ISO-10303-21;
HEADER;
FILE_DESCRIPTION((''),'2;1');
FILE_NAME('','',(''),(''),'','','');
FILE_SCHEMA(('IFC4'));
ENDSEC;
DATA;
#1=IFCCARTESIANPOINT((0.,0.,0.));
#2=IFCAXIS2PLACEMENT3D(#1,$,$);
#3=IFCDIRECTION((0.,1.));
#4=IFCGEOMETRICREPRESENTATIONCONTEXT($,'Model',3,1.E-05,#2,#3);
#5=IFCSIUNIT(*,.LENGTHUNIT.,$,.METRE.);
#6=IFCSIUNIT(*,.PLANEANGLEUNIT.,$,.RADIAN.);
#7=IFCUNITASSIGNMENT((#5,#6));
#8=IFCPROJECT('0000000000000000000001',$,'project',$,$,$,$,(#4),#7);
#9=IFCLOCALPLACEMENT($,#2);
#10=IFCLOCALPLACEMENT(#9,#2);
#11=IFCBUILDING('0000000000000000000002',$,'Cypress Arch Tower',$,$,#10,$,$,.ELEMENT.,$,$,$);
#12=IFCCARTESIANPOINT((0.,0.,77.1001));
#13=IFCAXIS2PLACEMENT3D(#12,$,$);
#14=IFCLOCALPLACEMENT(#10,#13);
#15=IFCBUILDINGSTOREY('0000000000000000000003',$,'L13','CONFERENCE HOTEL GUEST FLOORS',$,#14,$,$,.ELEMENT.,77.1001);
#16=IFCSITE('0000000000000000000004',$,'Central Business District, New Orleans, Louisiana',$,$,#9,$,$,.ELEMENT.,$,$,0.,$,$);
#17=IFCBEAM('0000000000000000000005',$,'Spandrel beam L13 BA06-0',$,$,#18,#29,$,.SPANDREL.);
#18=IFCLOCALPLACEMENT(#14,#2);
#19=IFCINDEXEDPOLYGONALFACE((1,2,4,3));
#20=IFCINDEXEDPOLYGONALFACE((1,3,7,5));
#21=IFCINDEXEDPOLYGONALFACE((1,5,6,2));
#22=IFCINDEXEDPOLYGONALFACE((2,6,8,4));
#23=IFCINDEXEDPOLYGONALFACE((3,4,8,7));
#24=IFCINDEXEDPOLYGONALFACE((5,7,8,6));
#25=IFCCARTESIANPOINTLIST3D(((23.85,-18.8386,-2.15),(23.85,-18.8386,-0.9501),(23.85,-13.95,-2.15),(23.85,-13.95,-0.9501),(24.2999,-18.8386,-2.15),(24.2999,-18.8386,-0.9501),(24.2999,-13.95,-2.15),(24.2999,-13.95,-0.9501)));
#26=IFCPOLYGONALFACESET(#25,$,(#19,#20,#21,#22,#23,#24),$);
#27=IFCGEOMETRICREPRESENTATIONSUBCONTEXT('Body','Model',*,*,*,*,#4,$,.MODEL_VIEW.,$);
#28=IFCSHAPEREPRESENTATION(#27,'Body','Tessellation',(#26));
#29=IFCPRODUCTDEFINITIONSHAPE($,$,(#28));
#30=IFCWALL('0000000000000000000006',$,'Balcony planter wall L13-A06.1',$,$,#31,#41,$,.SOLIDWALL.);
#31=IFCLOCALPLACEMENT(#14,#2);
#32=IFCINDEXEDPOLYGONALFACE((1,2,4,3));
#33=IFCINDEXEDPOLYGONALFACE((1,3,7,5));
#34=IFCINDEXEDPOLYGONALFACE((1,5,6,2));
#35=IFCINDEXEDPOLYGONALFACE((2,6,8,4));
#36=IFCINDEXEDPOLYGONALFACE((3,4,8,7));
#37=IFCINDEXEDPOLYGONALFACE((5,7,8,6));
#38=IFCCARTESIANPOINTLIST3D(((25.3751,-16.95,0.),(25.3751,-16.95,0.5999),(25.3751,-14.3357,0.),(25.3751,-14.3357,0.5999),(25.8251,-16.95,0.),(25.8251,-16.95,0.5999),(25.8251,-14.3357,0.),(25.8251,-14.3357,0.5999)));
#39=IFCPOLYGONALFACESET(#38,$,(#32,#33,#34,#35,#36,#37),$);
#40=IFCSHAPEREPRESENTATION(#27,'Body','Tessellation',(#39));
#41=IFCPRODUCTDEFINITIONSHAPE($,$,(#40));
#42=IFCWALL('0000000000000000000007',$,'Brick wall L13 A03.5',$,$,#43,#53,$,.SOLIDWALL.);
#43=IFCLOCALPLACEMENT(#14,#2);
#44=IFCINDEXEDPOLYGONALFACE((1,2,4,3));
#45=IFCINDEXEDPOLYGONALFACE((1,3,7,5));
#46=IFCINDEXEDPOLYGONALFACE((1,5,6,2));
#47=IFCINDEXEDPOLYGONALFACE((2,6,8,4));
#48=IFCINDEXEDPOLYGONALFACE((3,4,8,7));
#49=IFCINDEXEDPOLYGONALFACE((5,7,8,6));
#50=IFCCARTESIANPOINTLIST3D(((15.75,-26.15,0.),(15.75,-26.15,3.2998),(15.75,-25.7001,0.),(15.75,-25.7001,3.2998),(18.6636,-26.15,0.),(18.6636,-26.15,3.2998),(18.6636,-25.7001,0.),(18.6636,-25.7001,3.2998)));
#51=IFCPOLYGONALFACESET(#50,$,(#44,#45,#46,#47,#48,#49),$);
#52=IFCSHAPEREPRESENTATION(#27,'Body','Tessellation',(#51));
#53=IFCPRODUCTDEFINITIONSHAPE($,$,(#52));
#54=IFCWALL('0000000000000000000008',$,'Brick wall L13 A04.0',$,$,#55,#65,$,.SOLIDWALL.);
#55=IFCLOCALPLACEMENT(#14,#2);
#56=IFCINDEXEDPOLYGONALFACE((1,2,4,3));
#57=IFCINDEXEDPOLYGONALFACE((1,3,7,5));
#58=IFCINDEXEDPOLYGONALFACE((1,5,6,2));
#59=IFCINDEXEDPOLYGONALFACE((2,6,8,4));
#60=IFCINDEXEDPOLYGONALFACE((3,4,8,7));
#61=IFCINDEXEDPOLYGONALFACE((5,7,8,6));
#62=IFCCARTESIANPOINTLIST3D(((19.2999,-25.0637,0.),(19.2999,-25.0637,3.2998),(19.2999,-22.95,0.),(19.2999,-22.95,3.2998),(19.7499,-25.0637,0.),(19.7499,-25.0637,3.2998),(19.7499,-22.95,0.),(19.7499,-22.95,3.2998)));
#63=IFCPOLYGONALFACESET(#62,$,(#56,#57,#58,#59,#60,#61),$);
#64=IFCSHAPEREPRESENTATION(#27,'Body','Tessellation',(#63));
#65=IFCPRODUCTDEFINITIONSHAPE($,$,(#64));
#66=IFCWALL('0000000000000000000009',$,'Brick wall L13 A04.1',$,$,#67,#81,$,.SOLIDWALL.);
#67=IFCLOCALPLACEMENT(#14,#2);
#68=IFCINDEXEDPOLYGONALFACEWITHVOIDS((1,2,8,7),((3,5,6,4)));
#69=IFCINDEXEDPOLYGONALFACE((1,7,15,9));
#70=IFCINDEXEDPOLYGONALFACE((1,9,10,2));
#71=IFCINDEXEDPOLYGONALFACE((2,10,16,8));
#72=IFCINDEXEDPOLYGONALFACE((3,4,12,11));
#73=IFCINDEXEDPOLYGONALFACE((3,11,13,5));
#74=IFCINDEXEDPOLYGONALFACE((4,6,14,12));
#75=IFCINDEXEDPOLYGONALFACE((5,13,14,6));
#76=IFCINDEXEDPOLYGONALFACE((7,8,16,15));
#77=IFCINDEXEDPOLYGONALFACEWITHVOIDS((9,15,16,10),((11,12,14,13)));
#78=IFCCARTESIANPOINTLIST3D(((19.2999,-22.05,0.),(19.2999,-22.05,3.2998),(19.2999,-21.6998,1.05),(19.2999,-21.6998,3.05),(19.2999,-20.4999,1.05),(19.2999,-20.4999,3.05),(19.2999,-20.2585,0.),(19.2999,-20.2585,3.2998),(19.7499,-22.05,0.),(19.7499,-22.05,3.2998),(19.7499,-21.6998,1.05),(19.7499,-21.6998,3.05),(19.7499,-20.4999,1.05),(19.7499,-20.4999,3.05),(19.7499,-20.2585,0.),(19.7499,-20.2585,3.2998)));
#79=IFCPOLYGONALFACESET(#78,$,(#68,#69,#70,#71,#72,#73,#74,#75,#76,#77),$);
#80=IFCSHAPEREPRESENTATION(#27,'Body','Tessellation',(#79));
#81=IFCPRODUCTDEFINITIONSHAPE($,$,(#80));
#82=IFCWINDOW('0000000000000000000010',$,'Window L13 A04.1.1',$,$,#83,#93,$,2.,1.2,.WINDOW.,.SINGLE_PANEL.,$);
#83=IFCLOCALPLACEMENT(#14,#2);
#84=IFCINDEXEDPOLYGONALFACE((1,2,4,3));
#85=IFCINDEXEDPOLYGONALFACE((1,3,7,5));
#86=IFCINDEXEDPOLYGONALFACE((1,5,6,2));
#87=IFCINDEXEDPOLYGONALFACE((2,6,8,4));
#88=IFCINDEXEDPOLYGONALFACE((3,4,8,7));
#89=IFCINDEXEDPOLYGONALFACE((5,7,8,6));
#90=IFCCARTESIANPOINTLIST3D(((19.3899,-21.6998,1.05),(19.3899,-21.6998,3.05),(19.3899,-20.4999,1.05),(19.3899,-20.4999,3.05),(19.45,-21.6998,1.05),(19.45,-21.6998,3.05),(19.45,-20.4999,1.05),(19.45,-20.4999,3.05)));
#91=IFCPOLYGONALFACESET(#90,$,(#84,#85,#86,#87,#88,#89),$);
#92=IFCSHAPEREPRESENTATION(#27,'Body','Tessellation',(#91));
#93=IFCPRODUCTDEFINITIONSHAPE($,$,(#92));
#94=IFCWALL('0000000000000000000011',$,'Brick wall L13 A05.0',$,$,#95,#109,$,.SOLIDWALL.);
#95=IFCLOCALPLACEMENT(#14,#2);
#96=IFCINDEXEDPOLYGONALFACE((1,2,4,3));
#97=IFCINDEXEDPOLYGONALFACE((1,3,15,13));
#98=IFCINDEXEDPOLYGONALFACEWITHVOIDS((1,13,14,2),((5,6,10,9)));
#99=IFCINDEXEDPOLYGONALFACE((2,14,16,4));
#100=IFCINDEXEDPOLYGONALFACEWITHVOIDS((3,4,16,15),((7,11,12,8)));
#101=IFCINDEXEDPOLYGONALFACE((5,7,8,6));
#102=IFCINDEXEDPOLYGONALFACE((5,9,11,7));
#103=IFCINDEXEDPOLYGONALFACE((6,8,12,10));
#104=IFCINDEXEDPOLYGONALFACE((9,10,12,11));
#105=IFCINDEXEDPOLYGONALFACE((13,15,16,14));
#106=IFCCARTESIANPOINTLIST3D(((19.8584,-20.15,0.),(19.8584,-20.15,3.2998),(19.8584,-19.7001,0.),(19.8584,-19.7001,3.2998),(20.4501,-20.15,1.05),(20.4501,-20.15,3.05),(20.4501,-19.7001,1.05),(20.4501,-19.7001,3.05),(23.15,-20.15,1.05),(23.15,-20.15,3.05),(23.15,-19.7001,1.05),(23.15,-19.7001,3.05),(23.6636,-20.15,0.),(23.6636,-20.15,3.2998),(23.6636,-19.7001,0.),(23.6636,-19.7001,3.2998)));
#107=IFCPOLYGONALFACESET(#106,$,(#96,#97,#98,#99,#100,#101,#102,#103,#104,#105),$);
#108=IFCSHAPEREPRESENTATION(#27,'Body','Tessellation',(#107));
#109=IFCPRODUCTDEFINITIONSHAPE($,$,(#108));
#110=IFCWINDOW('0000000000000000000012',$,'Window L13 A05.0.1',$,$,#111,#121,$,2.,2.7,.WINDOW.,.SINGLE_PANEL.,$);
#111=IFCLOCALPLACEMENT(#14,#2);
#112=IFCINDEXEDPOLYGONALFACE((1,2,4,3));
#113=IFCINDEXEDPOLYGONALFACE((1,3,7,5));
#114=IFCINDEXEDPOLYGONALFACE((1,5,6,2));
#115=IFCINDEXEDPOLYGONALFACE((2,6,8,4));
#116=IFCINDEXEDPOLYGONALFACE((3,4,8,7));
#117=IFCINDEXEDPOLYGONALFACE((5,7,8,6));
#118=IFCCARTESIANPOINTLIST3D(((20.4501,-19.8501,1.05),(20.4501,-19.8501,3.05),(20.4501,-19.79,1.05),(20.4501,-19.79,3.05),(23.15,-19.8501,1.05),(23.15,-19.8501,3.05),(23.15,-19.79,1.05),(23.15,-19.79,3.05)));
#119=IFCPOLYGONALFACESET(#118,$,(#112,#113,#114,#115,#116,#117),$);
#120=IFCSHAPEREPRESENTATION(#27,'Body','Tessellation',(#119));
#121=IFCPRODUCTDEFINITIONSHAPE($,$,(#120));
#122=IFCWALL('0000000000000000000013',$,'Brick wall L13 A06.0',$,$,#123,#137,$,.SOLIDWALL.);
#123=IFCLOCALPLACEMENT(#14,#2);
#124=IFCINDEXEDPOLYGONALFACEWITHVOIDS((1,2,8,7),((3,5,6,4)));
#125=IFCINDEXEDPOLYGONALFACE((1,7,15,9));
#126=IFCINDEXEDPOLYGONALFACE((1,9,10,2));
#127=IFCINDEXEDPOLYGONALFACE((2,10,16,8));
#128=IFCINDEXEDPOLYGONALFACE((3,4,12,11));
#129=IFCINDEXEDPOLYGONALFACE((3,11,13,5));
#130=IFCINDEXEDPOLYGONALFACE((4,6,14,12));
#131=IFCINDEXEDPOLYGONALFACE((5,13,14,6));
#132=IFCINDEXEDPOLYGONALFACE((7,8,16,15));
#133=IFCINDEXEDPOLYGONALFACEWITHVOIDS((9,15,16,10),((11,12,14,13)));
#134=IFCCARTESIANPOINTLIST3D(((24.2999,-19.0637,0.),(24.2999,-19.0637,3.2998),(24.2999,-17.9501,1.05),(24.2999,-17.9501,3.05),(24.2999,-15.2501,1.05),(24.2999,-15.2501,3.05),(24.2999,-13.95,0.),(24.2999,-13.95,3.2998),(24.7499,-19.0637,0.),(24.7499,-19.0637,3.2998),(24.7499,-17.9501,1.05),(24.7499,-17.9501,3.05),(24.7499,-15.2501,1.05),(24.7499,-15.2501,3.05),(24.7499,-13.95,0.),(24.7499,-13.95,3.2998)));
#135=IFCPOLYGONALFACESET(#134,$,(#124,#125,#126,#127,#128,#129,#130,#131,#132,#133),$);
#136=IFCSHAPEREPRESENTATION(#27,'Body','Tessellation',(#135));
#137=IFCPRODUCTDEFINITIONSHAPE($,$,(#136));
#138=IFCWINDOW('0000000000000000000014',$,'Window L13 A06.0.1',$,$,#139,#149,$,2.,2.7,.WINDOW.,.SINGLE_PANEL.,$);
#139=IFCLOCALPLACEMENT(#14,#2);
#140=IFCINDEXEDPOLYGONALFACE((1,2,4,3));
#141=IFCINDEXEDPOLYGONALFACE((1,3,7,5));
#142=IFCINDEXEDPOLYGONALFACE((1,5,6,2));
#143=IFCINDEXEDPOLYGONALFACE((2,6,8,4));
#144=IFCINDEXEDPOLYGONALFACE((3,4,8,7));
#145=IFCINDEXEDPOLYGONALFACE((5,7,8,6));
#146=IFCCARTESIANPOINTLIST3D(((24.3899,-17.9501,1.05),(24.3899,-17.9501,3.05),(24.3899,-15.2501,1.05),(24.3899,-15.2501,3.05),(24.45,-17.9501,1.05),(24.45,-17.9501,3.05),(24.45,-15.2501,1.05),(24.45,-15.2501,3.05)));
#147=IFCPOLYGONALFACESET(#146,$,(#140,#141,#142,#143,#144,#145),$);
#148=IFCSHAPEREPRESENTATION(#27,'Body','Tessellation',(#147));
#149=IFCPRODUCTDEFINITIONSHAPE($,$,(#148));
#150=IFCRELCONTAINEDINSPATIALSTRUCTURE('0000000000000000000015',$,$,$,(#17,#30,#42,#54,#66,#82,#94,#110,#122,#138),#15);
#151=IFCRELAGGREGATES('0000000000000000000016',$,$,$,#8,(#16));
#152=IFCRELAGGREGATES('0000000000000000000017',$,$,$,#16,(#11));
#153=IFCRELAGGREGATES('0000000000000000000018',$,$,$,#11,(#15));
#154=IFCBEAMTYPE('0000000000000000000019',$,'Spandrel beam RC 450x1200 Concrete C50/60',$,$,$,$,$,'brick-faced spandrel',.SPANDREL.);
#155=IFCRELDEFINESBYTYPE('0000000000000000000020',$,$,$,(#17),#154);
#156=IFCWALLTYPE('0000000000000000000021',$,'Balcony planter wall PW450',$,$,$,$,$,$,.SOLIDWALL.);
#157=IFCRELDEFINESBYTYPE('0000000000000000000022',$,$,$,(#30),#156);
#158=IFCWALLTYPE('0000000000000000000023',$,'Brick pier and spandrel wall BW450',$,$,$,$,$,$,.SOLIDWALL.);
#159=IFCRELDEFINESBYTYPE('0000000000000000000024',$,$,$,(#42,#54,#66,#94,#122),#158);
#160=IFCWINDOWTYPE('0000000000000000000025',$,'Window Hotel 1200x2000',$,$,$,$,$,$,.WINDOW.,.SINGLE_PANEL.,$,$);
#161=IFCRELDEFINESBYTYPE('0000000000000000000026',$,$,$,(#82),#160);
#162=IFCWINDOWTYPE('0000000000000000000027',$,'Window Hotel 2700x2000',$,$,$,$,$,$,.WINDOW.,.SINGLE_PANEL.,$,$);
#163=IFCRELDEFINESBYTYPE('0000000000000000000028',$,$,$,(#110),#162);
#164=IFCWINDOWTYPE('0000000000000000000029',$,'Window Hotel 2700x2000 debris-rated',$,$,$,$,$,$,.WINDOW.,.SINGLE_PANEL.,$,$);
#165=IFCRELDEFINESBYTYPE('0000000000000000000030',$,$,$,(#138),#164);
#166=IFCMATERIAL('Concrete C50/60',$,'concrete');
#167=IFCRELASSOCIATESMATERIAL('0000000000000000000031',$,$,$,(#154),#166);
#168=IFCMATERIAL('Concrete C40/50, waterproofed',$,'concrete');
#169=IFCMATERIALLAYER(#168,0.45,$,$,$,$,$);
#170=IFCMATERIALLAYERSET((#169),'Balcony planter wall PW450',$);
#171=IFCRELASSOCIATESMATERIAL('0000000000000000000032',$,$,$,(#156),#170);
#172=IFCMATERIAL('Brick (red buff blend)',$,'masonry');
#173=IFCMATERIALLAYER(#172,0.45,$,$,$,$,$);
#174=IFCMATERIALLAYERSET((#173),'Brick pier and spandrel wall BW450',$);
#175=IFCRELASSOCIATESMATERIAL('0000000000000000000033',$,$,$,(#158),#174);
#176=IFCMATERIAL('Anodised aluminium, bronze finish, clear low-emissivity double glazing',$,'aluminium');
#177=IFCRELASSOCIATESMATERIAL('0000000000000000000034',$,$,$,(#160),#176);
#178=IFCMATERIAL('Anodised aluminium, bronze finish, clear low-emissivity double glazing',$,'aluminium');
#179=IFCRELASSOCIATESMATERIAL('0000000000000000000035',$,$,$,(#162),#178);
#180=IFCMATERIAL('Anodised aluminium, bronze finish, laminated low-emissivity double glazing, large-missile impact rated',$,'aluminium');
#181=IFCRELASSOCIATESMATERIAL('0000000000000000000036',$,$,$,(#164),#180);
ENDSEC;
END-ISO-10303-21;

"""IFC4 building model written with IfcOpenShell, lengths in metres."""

from ifc_helpers import new_model, si_unit, direction, frame, frame_2d, origin, origin_2d, place, context, subcontext, project, spatial, rectangle, extrude, material, layer, layer_set, material_profile, profile_set, type_object, element, fill, save


model = new_model("IFC4")

# Units and contexts
model_context = context("Model", 3, precision=1e-05, world=origin(), true_north=direction((0.0, 1.0)))
body_context = subcontext(model_context, "Body", "Model", "MODEL_VIEW")
ifc_project = project(units=[si_unit("LENGTHUNIT", "METRE"), si_unit("PLANEANGLEUNIT", "RADIAN")], contexts=[model_context])

# Site, building, storey
site_placement = place(None, origin())
site = spatial("IfcSite", under=ifc_project, at=site_placement, Name="Central Business District, New Orleans, Louisiana", CompositionType="ELEMENT", RefElevation=0.0)
building_placement = place(site_placement, origin())
building = spatial("IfcBuilding", under=site, at=building_placement, Name="Cypress Arch Tower", CompositionType="ELEMENT")
storey_placement = place(building_placement, frame((0.0, 0.0, 77.1001)))
storey = spatial("IfcBuildingStorey", under=building, at=storey_placement, Name="L13", Description="CONFERENCE HOTEL GUEST FLOORS", CompositionType="ELEMENT", Elevation=77.1001)

# Beam
ifc_material_1 = material(Name="Concrete C50/60", Category="concrete")
ifc_material_profile_1 = material_profile(ifc_material_1, rectangle(XDim=0.45, YDim=1.2, at=origin_2d()), Name="RC 450x1200")
ifc_profile_set_1 = profile_set([ifc_material_profile_1], Name="Concrete C50/60")
beam_type = type_object("IfcBeamType", Name="Spandrel beam RC 450x1200 Concrete C50/60", ElementType="brick-faced spandrel", PredefinedType="SPANDREL", material=ifc_profile_set_1)
beam_1_placement = place(storey_placement, frame((24.075, -18.8386, -1.55), z_axis=(0.0, 1.0, 0.0), x_axis=(-1.0, 0.0, 0.0)))
element("IfcBeam", 1, at=beam_1_placement, inside=storey, type_object=beam_type, Name="Spandrel beam L13 BA06-0", PredefinedType="SPANDREL", context=body_context, shape_type="SweptSolid", body=[
    extrude(rectangle(XDim=0.45, YDim=1.2, at=origin_2d()), origin(), (0.0, 0.0, 1.0), 4.8887),
])

# Walls
ifc_material_2 = material(Name="Concrete C40/50, waterproofed", Category="concrete")
ifc_layer_1 = layer(ifc_material_2, 0.45)
ifc_layer_set_1 = layer_set([ifc_layer_1], Name="Balcony planter wall PW450")
wall_type_1 = type_object("IfcWallType", Name="Balcony planter wall PW450", PredefinedType="SOLIDWALL", material=ifc_layer_set_1)
wall_1_placement = place(storey_placement, frame((25.6001, -16.95, 0.0), z_axis=(0.0, 0.0, 1.0), x_axis=(0.0, 1.0, 0.0)))
element("IfcWall", 2, at=wall_1_placement, inside=storey, type_object=wall_type_1, Name="Balcony planter wall L13-A06.1", PredefinedType="SOLIDWALL", context=body_context, shape_type="SweptSolid", body=[
    extrude(rectangle(XDim=2.6143, YDim=0.45, at=frame_2d((1.3071, 0.0))), origin(), (0.0, 0.0, 1.0), 0.5999),
])
ifc_material_3 = material(Name="Brick (red buff blend)", Category="masonry")
ifc_layer_2 = layer(ifc_material_3, 0.45)
ifc_layer_set_2 = layer_set([ifc_layer_2], Name="Brick pier and spandrel wall BW450")
wall_type_2 = type_object("IfcWallType", Name="Brick pier and spandrel wall BW450", PredefinedType="SOLIDWALL", material=ifc_layer_set_2)
wall_2_placement = place(storey_placement, frame((15.75, -25.925, 0.0), z_axis=(0.0, 0.0, 1.0), x_axis=(1.0, 0.0, 0.0)))
element("IfcWall", 3, at=wall_2_placement, inside=storey, type_object=wall_type_2, Name="Brick wall L13 A03.5", PredefinedType="SOLIDWALL", context=body_context, shape_type="SweptSolid", body=[
    extrude(rectangle(XDim=2.9136, YDim=0.45, at=frame_2d((1.4568, 0.0))), origin(), (0.0, 0.0, 1.0), 3.2998),
])
wall_3_placement = place(storey_placement, frame((19.5249, -25.0637, 0.0), z_axis=(0.0, 0.0, 1.0), x_axis=(0.0, 1.0, 0.0)))
element("IfcWall", 4, at=wall_3_placement, inside=storey, type_object=wall_type_2, Name="Brick wall L13 A04.0", PredefinedType="SOLIDWALL", context=body_context, shape_type="SweptSolid", body=[
    extrude(rectangle(XDim=2.1138, YDim=0.45, at=frame_2d((1.0569, 0.0))), origin(), (0.0, 0.0, 1.0), 3.2998),
])

# Walls, openings, windows
wall_4_placement = place(storey_placement, frame((19.5249, -22.05, 0.0), z_axis=(0.0, 0.0, 1.0), x_axis=(0.0, 1.0, 0.0)))
wall_4 = element("IfcWall", 5, at=wall_4_placement, inside=storey, type_object=wall_type_2, Name="Brick wall L13 A04.1", PredefinedType="SOLIDWALL", context=body_context, shape_type="SweptSolid", body=[
    extrude(rectangle(XDim=1.7915, YDim=0.45, at=frame_2d((0.8958, 0.0))), origin(), (0.0, 0.0, 1.0), 3.2998),
])
opening_1_placement = place(wall_4_placement, frame((0.3501, 0.0, 1.05)))
opening_1 = element("IfcOpeningElement", 6, at=opening_1_placement, cuts=wall_4, PredefinedType="OPENING", context=body_context, shape_type="SweptSolid", body=[
    extrude(rectangle(XDim=1.2, YDim=2.0, at=frame_2d((0.6001, 1.0))), frame((0.0, 0.2349, 0.0), z_axis=(0.0, -1.0, 0.0), x_axis=(1.0, 0.0, 0.0)), (0.0, 0.0, 1.0), 0.47),
])
ifc_material_4 = material(Name="Anodised aluminium, bronze finish, clear low-emissivity double glazing", Category="aluminium")
window_type_1 = type_object("IfcWindowType", Name="Window Hotel 1200x2000", PartitioningType="SINGLE_PANEL", PredefinedType="WINDOW", material=ifc_material_4)
window_1_placement = place(opening_1_placement, origin())
window_1 = element("IfcWindow", 7, at=window_1_placement, inside=storey, type_object=window_type_1, Name="Window L13 A04.1.1", OverallHeight=2.0, OverallWidth=1.2, PartitioningType="SINGLE_PANEL", PredefinedType="WINDOW", context=body_context, shape_type="SweptSolid", body=[
    extrude(rectangle(XDim=1.2, YDim=2.0, at=frame_2d((0.6001, 1.0))), frame((0.0, 0.135, 0.0), z_axis=(0.0, -1.0, 0.0), x_axis=(1.0, 0.0, 0.0)), (0.0, 0.0, 1.0), 0.0601),
])
fill(opening_1, window_1)
wall_5_placement = place(storey_placement, frame((19.8584, -19.925, 0.0), z_axis=(0.0, 0.0, 1.0), x_axis=(1.0, 0.0, 0.0)))
wall_5 = element("IfcWall", 8, at=wall_5_placement, inside=storey, type_object=wall_type_2, Name="Brick wall L13 A05.0", PredefinedType="SOLIDWALL", context=body_context, shape_type="SweptSolid", body=[
    extrude(rectangle(XDim=3.8052, YDim=0.45, at=frame_2d((1.9026, 0.0))), origin(), (0.0, 0.0, 1.0), 3.2998),
])
opening_2_placement = place(wall_5_placement, frame((0.5916, 0.0, 1.05)))
opening_2 = element("IfcOpeningElement", 9, at=opening_2_placement, cuts=wall_5, PredefinedType="OPENING", context=body_context, shape_type="SweptSolid", body=[
    extrude(rectangle(XDim=2.7, YDim=2.0, at=frame_2d((1.3501, 1.0))), frame((0.0, 0.2349, 0.0), z_axis=(0.0, -1.0, 0.0), x_axis=(1.0, 0.0, 0.0)), (0.0, 0.0, 1.0), 0.47),
])
ifc_material_5 = material(Name="Anodised aluminium, bronze finish, clear low-emissivity double glazing", Category="aluminium")
window_type_2 = type_object("IfcWindowType", Name="Window Hotel 2700x2000", PartitioningType="SINGLE_PANEL", PredefinedType="WINDOW", material=ifc_material_5)
window_2_placement = place(opening_2_placement, origin())
window_2 = element("IfcWindow", 10, at=window_2_placement, inside=storey, type_object=window_type_2, Name="Window L13 A05.0.1", OverallHeight=2.0, OverallWidth=2.7, PartitioningType="SINGLE_PANEL", PredefinedType="WINDOW", context=body_context, shape_type="SweptSolid", body=[
    extrude(rectangle(XDim=2.7, YDim=2.0, at=frame_2d((1.3501, 1.0))), frame((0.0, 0.135, 0.0), z_axis=(0.0, -1.0, 0.0), x_axis=(1.0, 0.0, 0.0)), (0.0, 0.0, 1.0), 0.0601),
])
fill(opening_2, window_2)
wall_6_placement = place(storey_placement, frame((24.5249, -19.0637, 0.0), z_axis=(0.0, 0.0, 1.0), x_axis=(0.0, 1.0, 0.0)))
wall_6 = element("IfcWall", 11, at=wall_6_placement, inside=storey, type_object=wall_type_2, Name="Brick wall L13 A06.0", PredefinedType="SOLIDWALL", context=body_context, shape_type="SweptSolid", body=[
    extrude(rectangle(XDim=5.1138, YDim=0.45, at=frame_2d((2.5569, 0.0))), origin(), (0.0, 0.0, 1.0), 3.2998),
])
opening_3_placement = place(wall_6_placement, frame((1.1135, 0.0, 1.05)))
opening_3 = element("IfcOpeningElement", 12, at=opening_3_placement, cuts=wall_6, PredefinedType="OPENING", context=body_context, shape_type="SweptSolid", body=[
    extrude(rectangle(XDim=2.7, YDim=2.0, at=frame_2d((1.3501, 1.0))), frame((0.0, 0.2349, 0.0), z_axis=(0.0, -1.0, 0.0), x_axis=(1.0, 0.0, 0.0)), (0.0, 0.0, 1.0), 0.47),
])
ifc_material_6 = material(Name="Anodised aluminium, bronze finish, laminated low-emissivity double glazing, large-missile impact rated", Category="aluminium")
window_type_3 = type_object("IfcWindowType", Name="Window Hotel 2700x2000 debris-rated", PartitioningType="SINGLE_PANEL", PredefinedType="WINDOW", material=ifc_material_6)
window_3_placement = place(opening_3_placement, origin())
window_3 = element("IfcWindow", 13, at=window_3_placement, inside=storey, type_object=window_type_3, Name="Window L13 A06.0.1", OverallHeight=2.0, OverallWidth=2.7, PartitioningType="SINGLE_PANEL", PredefinedType="WINDOW", context=body_context, shape_type="SweptSolid", body=[
    extrude(rectangle(XDim=2.7, YDim=2.0, at=frame_2d((1.3501, 1.0))), frame((0.0, 0.135, 0.0), z_axis=(0.0, -1.0, 0.0), x_axis=(1.0, 0.0, 0.0)), (0.0, 0.0, 1.0), 0.0601),
])
fill(opening_3, window_3)

save(model, "model.ifc")
